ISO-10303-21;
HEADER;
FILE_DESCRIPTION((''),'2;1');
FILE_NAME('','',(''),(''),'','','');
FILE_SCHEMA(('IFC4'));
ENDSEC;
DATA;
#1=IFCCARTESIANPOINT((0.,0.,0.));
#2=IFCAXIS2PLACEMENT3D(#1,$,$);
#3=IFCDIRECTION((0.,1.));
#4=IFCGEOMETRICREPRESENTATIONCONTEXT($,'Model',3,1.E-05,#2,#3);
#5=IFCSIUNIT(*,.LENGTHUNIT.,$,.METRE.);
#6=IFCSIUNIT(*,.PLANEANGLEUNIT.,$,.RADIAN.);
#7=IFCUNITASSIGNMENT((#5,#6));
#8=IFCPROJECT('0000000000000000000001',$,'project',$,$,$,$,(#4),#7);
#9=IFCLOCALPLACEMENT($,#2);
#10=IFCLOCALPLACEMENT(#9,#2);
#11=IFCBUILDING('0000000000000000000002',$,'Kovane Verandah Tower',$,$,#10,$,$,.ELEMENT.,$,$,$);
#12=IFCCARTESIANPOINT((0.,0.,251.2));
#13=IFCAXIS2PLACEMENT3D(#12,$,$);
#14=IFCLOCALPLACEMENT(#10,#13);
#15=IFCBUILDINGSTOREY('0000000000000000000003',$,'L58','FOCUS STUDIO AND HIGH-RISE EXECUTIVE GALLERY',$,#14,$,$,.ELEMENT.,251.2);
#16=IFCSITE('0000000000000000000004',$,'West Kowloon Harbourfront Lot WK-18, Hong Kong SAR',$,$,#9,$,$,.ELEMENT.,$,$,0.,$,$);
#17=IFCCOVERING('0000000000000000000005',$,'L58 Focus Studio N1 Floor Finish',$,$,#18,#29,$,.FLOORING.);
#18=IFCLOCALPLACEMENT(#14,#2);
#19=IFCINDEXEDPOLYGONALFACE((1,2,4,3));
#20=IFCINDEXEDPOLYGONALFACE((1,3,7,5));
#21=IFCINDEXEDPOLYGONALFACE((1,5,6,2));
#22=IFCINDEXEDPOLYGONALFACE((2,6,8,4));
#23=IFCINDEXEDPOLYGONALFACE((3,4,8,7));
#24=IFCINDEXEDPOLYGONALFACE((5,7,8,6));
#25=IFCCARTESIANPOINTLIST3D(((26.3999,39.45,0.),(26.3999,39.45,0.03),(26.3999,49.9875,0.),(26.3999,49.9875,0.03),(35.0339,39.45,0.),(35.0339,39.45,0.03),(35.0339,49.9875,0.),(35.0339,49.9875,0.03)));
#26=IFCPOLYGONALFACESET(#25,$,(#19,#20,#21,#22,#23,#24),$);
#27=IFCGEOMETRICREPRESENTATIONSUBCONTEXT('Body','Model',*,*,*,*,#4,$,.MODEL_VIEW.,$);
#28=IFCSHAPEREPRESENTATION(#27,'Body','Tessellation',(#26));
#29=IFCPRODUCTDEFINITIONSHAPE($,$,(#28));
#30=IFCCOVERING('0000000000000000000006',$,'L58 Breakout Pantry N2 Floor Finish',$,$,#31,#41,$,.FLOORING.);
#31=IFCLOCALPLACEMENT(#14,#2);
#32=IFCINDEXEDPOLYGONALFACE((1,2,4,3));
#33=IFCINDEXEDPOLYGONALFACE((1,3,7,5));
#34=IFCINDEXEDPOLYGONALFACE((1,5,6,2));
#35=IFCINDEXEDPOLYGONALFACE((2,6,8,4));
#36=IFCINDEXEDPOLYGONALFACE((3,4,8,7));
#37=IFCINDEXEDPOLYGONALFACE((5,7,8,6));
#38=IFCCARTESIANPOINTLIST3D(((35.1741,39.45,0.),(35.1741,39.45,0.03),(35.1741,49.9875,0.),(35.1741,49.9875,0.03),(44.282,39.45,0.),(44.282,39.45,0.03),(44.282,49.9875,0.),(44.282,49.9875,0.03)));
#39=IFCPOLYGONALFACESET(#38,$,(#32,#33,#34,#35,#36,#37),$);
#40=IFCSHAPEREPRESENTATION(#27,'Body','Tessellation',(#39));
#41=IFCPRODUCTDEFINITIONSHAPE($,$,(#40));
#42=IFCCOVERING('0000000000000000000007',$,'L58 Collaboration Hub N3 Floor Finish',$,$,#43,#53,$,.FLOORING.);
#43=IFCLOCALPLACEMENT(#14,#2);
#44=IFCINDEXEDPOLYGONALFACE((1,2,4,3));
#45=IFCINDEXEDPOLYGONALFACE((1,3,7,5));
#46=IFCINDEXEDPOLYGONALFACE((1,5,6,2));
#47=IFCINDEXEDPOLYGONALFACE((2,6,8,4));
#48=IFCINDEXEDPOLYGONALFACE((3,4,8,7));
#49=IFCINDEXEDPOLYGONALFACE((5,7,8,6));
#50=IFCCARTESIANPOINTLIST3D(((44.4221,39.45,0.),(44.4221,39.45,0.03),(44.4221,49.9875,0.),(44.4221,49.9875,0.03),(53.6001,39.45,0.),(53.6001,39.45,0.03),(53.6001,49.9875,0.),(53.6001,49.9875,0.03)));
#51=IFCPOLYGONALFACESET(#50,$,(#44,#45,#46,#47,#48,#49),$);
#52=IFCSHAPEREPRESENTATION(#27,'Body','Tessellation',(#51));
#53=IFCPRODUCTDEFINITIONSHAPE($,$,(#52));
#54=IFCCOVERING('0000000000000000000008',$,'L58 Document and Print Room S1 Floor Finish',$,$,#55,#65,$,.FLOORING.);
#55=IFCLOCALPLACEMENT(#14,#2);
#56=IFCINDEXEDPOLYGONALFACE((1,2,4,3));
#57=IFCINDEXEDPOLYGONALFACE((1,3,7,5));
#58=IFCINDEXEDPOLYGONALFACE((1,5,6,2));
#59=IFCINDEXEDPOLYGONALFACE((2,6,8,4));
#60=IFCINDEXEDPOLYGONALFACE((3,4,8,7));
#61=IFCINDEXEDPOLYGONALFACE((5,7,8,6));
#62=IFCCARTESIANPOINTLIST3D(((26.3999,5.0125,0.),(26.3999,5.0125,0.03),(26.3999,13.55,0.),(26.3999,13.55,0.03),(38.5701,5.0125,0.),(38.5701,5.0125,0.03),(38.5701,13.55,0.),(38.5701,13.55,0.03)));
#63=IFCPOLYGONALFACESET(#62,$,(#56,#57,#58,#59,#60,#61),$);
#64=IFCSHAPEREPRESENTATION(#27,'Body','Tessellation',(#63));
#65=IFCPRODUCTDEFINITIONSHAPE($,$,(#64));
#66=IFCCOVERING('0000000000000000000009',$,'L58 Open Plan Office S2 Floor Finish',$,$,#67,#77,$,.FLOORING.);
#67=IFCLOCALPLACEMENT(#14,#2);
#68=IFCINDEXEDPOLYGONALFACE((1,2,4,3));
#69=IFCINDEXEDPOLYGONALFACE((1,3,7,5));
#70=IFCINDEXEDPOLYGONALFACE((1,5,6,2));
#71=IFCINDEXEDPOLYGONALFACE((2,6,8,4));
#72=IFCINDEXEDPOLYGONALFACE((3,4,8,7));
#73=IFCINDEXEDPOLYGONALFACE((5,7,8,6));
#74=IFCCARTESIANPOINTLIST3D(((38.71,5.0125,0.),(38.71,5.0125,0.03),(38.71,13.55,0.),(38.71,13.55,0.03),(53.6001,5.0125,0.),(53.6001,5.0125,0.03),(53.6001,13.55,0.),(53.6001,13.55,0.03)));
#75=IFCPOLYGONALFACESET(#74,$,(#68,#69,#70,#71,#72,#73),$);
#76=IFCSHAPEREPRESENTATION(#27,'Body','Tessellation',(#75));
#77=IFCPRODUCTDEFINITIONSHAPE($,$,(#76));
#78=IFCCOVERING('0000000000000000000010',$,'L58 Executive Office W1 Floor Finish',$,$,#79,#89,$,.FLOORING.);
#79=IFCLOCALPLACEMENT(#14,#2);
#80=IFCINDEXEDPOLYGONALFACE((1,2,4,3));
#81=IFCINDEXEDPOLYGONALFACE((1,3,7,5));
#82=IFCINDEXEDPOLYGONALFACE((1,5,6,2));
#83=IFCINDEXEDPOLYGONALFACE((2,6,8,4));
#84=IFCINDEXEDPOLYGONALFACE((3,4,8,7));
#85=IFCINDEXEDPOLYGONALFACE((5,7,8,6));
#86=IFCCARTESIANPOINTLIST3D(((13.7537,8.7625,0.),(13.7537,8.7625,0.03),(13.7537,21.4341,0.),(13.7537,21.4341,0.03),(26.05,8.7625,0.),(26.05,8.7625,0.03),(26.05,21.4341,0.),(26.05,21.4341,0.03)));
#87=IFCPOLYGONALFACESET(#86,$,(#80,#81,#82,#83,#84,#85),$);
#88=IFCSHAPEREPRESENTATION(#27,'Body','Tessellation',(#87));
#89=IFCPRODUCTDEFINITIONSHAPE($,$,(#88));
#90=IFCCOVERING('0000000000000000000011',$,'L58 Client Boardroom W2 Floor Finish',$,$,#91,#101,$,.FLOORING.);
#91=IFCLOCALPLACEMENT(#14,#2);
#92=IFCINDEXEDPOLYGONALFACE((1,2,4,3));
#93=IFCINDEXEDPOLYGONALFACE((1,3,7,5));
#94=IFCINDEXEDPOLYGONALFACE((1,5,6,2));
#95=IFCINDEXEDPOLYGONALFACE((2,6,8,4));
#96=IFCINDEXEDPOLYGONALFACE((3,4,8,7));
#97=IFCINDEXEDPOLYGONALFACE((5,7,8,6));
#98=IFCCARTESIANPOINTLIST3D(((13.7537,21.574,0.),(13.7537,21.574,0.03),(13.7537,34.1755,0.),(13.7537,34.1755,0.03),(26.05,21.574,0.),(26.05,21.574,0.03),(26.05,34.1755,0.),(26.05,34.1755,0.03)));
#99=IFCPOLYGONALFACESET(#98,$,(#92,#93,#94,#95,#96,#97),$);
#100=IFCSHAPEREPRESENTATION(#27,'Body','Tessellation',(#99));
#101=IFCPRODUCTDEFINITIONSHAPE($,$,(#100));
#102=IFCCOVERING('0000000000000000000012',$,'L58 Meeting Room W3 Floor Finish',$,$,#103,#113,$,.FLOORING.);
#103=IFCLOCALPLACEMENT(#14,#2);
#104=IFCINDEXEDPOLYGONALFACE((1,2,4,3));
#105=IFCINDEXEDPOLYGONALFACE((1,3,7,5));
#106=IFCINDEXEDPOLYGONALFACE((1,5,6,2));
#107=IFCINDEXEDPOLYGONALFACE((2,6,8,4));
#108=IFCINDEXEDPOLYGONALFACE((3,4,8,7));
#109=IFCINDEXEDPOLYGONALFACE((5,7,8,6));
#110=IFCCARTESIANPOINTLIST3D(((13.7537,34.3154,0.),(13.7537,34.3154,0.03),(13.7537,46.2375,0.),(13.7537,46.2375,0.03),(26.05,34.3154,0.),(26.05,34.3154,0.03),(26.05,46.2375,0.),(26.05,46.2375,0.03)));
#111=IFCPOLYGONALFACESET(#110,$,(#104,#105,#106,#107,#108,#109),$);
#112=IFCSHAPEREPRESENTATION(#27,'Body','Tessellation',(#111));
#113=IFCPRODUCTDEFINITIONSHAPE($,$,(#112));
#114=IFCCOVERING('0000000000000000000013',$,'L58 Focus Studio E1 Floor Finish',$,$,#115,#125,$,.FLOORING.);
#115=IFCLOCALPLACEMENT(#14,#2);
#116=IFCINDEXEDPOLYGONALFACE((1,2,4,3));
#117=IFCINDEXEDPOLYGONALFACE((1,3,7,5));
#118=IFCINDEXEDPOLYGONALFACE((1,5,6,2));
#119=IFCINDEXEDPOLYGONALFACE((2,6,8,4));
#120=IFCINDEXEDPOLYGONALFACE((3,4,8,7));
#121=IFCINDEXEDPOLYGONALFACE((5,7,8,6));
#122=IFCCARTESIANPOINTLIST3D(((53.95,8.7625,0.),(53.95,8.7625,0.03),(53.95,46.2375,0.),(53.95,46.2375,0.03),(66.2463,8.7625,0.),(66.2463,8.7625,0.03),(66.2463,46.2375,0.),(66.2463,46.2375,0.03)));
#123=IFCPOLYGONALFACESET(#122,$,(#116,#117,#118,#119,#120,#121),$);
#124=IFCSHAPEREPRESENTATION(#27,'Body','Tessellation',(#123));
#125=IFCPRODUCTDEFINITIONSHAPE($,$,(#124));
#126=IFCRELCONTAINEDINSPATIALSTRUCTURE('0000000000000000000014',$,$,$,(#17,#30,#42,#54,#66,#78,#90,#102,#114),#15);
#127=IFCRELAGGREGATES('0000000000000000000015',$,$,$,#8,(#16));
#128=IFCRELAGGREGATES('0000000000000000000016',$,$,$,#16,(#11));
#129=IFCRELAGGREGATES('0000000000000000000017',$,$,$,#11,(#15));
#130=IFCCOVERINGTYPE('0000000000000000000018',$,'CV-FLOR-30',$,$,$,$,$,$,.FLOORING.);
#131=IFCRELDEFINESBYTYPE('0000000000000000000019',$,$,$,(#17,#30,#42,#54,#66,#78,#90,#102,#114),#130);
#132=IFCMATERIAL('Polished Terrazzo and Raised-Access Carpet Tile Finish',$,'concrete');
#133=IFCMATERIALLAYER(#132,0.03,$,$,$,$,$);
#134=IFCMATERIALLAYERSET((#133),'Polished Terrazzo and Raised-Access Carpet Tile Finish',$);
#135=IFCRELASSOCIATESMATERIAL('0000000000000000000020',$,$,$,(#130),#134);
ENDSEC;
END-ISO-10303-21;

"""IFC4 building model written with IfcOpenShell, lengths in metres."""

from ifc_helpers import new_model, si_unit, direction, frame, origin, place, context, subcontext, project, spatial, polyline, outline, extrude, material, layer, layer_set, type_object, element, save


model = new_model("IFC4")

# Units and contexts
model_context = context("Model", 3, precision=1e-05, world=origin(), true_north=direction((0.0, 1.0)))
body_context = subcontext(model_context, "Body", "Model", "MODEL_VIEW")
ifc_project = project(units=[si_unit("LENGTHUNIT", "METRE"), si_unit("PLANEANGLEUNIT", "RADIAN")], contexts=[model_context])

# Site, building, storey
site_placement = place(None, origin())
site = spatial("IfcSite", under=ifc_project, at=site_placement, Name="West Kowloon Harbourfront Lot WK-18, Hong Kong SAR", CompositionType="ELEMENT", RefElevation=0.0)
building_placement = place(site_placement, origin())
building = spatial("IfcBuilding", under=site, at=building_placement, Name="Kovane Verandah Tower", CompositionType="ELEMENT")
storey_placement = place(building_placement, frame((0.0, 0.0, 251.2)))
storey = spatial("IfcBuildingStorey", under=building, at=storey_placement, Name="L58", Description="FOCUS STUDIO AND HIGH-RISE EXECUTIVE GALLERY", CompositionType="ELEMENT", Elevation=251.2)

# Coverings
ifc_material_1 = material(Name="Polished Terrazzo and Raised-Access Carpet Tile Finish", Category="concrete")
ifc_layer_1 = layer(ifc_material_1, 0.03)
ifc_layer_set_1 = layer_set([ifc_layer_1], Name="Polished Terrazzo and Raised-Access Carpet Tile Finish")
covering_type_1 = type_object("IfcCoveringType", Name="CV-FLOR-30", PredefinedType="FLOORING", material=ifc_layer_set_1)
covering_1_placement = place(storey_placement, origin())
element("IfcCovering", 1, at=covering_1_placement, inside=storey, type_object=covering_type_1, Name="L58 Focus Studio N1 Floor Finish", PredefinedType="FLOORING", context=body_context, shape_type="SweptSolid", body=[
    extrude(outline(polyline([(26.3999, 39.45), (35.0339, 39.45), (35.0339, 49.9875), (26.3999, 49.9875), (26.3999, 39.45)])), origin(), (0.0, 0.0, 1.0), 0.03),
])
covering_2_placement = place(storey_placement, origin())
element("IfcCovering", 2, at=covering_2_placement, inside=storey, type_object=covering_type_1, Name="L58 Breakout Pantry N2 Floor Finish", PredefinedType="FLOORING", context=body_context, shape_type="SweptSolid", body=[
    extrude(outline(polyline([(35.1741, 39.45), (44.282, 39.45), (44.282, 49.9875), (35.1741, 49.9875), (35.1741, 39.45)])), origin(), (0.0, 0.0, 1.0), 0.03),
])
covering_3_placement = place(storey_placement, origin())
element("IfcCovering", 3, at=covering_3_placement, inside=storey, type_object=covering_type_1, Name="L58 Collaboration Hub N3 Floor Finish", PredefinedType="FLOORING", context=body_context, shape_type="SweptSolid", body=[
    extrude(outline(polyline([(44.4221, 39.45), (53.6001, 39.45), (53.6001, 49.9875), (44.4221, 49.9875), (44.4221, 39.45)])), origin(), (0.0, 0.0, 1.0), 0.03),
])
covering_4_placement = place(storey_placement, origin())
element("IfcCovering", 4, at=covering_4_placement, inside=storey, type_object=covering_type_1, Name="L58 Document and Print Room S1 Floor Finish", PredefinedType="FLOORING", context=body_context, shape_type="SweptSolid", body=[
    extrude(outline(polyline([(26.3999, 5.0125), (38.5701, 5.0125), (38.5701, 13.55), (26.3999, 13.55), (26.3999, 5.0125)])), origin(), (0.0, 0.0, 1.0), 0.03),
])
covering_5_placement = place(storey_placement, origin())
element("IfcCovering", 5, at=covering_5_placement, inside=storey, type_object=covering_type_1, Name="L58 Open Plan Office S2 Floor Finish", PredefinedType="FLOORING", context=body_context, shape_type="SweptSolid", body=[
    extrude(outline(polyline([(38.71, 5.0125), (53.6001, 5.0125), (53.6001, 13.55), (38.71, 13.55), (38.71, 5.0125)])), origin(), (0.0, 0.0, 1.0), 0.03),
])
covering_6_placement = place(storey_placement, origin())
element("IfcCovering", 6, at=covering_6_placement, inside=storey, type_object=covering_type_1, Name="L58 Executive Office W1 Floor Finish", PredefinedType="FLOORING", context=body_context, shape_type="SweptSolid", body=[
    extrude(outline(polyline([(13.7537, 8.7625), (26.05, 8.7625), (26.05, 21.4341), (13.7537, 21.4341), (13.7537, 8.7625)])), origin(), (0.0, 0.0, 1.0), 0.03),
])
covering_7_placement = place(storey_placement, origin())
element("IfcCovering", 7, at=covering_7_placement, inside=storey, type_object=covering_type_1, Name="L58 Client Boardroom W2 Floor Finish", PredefinedType="FLOORING", context=body_context, shape_type="SweptSolid", body=[
    extrude(outline(polyline([(13.7537, 21.574), (26.05, 21.574), (26.05, 34.1755), (13.7537, 34.1755), (13.7537, 21.574)])), origin(), (0.0, 0.0, 1.0), 0.03),
])
covering_8_placement = place(storey_placement, origin())
element("IfcCovering", 8, at=covering_8_placement, inside=storey, type_object=covering_type_1, Name="L58 Meeting Room W3 Floor Finish", PredefinedType="FLOORING", context=body_context, shape_type="SweptSolid", body=[
    extrude(outline(polyline([(13.7537, 34.3154), (26.05, 34.3154), (26.05, 46.2375), (13.7537, 46.2375), (13.7537, 34.3154)])), origin(), (0.0, 0.0, 1.0), 0.03),
])
covering_9_placement = place(storey_placement, origin())
element("IfcCovering", 9, at=covering_9_placement, inside=storey, type_object=covering_type_1, Name="L58 Focus Studio E1 Floor Finish", PredefinedType="FLOORING", context=body_context, shape_type="SweptSolid", body=[
    extrude(outline(polyline([(53.95, 8.7625), (66.2463, 8.7625), (66.2463, 46.2375), (53.95, 46.2375), (53.95, 8.7625)])), origin(), (0.0, 0.0, 1.0), 0.03),
])

save(model, "model.ifc")
